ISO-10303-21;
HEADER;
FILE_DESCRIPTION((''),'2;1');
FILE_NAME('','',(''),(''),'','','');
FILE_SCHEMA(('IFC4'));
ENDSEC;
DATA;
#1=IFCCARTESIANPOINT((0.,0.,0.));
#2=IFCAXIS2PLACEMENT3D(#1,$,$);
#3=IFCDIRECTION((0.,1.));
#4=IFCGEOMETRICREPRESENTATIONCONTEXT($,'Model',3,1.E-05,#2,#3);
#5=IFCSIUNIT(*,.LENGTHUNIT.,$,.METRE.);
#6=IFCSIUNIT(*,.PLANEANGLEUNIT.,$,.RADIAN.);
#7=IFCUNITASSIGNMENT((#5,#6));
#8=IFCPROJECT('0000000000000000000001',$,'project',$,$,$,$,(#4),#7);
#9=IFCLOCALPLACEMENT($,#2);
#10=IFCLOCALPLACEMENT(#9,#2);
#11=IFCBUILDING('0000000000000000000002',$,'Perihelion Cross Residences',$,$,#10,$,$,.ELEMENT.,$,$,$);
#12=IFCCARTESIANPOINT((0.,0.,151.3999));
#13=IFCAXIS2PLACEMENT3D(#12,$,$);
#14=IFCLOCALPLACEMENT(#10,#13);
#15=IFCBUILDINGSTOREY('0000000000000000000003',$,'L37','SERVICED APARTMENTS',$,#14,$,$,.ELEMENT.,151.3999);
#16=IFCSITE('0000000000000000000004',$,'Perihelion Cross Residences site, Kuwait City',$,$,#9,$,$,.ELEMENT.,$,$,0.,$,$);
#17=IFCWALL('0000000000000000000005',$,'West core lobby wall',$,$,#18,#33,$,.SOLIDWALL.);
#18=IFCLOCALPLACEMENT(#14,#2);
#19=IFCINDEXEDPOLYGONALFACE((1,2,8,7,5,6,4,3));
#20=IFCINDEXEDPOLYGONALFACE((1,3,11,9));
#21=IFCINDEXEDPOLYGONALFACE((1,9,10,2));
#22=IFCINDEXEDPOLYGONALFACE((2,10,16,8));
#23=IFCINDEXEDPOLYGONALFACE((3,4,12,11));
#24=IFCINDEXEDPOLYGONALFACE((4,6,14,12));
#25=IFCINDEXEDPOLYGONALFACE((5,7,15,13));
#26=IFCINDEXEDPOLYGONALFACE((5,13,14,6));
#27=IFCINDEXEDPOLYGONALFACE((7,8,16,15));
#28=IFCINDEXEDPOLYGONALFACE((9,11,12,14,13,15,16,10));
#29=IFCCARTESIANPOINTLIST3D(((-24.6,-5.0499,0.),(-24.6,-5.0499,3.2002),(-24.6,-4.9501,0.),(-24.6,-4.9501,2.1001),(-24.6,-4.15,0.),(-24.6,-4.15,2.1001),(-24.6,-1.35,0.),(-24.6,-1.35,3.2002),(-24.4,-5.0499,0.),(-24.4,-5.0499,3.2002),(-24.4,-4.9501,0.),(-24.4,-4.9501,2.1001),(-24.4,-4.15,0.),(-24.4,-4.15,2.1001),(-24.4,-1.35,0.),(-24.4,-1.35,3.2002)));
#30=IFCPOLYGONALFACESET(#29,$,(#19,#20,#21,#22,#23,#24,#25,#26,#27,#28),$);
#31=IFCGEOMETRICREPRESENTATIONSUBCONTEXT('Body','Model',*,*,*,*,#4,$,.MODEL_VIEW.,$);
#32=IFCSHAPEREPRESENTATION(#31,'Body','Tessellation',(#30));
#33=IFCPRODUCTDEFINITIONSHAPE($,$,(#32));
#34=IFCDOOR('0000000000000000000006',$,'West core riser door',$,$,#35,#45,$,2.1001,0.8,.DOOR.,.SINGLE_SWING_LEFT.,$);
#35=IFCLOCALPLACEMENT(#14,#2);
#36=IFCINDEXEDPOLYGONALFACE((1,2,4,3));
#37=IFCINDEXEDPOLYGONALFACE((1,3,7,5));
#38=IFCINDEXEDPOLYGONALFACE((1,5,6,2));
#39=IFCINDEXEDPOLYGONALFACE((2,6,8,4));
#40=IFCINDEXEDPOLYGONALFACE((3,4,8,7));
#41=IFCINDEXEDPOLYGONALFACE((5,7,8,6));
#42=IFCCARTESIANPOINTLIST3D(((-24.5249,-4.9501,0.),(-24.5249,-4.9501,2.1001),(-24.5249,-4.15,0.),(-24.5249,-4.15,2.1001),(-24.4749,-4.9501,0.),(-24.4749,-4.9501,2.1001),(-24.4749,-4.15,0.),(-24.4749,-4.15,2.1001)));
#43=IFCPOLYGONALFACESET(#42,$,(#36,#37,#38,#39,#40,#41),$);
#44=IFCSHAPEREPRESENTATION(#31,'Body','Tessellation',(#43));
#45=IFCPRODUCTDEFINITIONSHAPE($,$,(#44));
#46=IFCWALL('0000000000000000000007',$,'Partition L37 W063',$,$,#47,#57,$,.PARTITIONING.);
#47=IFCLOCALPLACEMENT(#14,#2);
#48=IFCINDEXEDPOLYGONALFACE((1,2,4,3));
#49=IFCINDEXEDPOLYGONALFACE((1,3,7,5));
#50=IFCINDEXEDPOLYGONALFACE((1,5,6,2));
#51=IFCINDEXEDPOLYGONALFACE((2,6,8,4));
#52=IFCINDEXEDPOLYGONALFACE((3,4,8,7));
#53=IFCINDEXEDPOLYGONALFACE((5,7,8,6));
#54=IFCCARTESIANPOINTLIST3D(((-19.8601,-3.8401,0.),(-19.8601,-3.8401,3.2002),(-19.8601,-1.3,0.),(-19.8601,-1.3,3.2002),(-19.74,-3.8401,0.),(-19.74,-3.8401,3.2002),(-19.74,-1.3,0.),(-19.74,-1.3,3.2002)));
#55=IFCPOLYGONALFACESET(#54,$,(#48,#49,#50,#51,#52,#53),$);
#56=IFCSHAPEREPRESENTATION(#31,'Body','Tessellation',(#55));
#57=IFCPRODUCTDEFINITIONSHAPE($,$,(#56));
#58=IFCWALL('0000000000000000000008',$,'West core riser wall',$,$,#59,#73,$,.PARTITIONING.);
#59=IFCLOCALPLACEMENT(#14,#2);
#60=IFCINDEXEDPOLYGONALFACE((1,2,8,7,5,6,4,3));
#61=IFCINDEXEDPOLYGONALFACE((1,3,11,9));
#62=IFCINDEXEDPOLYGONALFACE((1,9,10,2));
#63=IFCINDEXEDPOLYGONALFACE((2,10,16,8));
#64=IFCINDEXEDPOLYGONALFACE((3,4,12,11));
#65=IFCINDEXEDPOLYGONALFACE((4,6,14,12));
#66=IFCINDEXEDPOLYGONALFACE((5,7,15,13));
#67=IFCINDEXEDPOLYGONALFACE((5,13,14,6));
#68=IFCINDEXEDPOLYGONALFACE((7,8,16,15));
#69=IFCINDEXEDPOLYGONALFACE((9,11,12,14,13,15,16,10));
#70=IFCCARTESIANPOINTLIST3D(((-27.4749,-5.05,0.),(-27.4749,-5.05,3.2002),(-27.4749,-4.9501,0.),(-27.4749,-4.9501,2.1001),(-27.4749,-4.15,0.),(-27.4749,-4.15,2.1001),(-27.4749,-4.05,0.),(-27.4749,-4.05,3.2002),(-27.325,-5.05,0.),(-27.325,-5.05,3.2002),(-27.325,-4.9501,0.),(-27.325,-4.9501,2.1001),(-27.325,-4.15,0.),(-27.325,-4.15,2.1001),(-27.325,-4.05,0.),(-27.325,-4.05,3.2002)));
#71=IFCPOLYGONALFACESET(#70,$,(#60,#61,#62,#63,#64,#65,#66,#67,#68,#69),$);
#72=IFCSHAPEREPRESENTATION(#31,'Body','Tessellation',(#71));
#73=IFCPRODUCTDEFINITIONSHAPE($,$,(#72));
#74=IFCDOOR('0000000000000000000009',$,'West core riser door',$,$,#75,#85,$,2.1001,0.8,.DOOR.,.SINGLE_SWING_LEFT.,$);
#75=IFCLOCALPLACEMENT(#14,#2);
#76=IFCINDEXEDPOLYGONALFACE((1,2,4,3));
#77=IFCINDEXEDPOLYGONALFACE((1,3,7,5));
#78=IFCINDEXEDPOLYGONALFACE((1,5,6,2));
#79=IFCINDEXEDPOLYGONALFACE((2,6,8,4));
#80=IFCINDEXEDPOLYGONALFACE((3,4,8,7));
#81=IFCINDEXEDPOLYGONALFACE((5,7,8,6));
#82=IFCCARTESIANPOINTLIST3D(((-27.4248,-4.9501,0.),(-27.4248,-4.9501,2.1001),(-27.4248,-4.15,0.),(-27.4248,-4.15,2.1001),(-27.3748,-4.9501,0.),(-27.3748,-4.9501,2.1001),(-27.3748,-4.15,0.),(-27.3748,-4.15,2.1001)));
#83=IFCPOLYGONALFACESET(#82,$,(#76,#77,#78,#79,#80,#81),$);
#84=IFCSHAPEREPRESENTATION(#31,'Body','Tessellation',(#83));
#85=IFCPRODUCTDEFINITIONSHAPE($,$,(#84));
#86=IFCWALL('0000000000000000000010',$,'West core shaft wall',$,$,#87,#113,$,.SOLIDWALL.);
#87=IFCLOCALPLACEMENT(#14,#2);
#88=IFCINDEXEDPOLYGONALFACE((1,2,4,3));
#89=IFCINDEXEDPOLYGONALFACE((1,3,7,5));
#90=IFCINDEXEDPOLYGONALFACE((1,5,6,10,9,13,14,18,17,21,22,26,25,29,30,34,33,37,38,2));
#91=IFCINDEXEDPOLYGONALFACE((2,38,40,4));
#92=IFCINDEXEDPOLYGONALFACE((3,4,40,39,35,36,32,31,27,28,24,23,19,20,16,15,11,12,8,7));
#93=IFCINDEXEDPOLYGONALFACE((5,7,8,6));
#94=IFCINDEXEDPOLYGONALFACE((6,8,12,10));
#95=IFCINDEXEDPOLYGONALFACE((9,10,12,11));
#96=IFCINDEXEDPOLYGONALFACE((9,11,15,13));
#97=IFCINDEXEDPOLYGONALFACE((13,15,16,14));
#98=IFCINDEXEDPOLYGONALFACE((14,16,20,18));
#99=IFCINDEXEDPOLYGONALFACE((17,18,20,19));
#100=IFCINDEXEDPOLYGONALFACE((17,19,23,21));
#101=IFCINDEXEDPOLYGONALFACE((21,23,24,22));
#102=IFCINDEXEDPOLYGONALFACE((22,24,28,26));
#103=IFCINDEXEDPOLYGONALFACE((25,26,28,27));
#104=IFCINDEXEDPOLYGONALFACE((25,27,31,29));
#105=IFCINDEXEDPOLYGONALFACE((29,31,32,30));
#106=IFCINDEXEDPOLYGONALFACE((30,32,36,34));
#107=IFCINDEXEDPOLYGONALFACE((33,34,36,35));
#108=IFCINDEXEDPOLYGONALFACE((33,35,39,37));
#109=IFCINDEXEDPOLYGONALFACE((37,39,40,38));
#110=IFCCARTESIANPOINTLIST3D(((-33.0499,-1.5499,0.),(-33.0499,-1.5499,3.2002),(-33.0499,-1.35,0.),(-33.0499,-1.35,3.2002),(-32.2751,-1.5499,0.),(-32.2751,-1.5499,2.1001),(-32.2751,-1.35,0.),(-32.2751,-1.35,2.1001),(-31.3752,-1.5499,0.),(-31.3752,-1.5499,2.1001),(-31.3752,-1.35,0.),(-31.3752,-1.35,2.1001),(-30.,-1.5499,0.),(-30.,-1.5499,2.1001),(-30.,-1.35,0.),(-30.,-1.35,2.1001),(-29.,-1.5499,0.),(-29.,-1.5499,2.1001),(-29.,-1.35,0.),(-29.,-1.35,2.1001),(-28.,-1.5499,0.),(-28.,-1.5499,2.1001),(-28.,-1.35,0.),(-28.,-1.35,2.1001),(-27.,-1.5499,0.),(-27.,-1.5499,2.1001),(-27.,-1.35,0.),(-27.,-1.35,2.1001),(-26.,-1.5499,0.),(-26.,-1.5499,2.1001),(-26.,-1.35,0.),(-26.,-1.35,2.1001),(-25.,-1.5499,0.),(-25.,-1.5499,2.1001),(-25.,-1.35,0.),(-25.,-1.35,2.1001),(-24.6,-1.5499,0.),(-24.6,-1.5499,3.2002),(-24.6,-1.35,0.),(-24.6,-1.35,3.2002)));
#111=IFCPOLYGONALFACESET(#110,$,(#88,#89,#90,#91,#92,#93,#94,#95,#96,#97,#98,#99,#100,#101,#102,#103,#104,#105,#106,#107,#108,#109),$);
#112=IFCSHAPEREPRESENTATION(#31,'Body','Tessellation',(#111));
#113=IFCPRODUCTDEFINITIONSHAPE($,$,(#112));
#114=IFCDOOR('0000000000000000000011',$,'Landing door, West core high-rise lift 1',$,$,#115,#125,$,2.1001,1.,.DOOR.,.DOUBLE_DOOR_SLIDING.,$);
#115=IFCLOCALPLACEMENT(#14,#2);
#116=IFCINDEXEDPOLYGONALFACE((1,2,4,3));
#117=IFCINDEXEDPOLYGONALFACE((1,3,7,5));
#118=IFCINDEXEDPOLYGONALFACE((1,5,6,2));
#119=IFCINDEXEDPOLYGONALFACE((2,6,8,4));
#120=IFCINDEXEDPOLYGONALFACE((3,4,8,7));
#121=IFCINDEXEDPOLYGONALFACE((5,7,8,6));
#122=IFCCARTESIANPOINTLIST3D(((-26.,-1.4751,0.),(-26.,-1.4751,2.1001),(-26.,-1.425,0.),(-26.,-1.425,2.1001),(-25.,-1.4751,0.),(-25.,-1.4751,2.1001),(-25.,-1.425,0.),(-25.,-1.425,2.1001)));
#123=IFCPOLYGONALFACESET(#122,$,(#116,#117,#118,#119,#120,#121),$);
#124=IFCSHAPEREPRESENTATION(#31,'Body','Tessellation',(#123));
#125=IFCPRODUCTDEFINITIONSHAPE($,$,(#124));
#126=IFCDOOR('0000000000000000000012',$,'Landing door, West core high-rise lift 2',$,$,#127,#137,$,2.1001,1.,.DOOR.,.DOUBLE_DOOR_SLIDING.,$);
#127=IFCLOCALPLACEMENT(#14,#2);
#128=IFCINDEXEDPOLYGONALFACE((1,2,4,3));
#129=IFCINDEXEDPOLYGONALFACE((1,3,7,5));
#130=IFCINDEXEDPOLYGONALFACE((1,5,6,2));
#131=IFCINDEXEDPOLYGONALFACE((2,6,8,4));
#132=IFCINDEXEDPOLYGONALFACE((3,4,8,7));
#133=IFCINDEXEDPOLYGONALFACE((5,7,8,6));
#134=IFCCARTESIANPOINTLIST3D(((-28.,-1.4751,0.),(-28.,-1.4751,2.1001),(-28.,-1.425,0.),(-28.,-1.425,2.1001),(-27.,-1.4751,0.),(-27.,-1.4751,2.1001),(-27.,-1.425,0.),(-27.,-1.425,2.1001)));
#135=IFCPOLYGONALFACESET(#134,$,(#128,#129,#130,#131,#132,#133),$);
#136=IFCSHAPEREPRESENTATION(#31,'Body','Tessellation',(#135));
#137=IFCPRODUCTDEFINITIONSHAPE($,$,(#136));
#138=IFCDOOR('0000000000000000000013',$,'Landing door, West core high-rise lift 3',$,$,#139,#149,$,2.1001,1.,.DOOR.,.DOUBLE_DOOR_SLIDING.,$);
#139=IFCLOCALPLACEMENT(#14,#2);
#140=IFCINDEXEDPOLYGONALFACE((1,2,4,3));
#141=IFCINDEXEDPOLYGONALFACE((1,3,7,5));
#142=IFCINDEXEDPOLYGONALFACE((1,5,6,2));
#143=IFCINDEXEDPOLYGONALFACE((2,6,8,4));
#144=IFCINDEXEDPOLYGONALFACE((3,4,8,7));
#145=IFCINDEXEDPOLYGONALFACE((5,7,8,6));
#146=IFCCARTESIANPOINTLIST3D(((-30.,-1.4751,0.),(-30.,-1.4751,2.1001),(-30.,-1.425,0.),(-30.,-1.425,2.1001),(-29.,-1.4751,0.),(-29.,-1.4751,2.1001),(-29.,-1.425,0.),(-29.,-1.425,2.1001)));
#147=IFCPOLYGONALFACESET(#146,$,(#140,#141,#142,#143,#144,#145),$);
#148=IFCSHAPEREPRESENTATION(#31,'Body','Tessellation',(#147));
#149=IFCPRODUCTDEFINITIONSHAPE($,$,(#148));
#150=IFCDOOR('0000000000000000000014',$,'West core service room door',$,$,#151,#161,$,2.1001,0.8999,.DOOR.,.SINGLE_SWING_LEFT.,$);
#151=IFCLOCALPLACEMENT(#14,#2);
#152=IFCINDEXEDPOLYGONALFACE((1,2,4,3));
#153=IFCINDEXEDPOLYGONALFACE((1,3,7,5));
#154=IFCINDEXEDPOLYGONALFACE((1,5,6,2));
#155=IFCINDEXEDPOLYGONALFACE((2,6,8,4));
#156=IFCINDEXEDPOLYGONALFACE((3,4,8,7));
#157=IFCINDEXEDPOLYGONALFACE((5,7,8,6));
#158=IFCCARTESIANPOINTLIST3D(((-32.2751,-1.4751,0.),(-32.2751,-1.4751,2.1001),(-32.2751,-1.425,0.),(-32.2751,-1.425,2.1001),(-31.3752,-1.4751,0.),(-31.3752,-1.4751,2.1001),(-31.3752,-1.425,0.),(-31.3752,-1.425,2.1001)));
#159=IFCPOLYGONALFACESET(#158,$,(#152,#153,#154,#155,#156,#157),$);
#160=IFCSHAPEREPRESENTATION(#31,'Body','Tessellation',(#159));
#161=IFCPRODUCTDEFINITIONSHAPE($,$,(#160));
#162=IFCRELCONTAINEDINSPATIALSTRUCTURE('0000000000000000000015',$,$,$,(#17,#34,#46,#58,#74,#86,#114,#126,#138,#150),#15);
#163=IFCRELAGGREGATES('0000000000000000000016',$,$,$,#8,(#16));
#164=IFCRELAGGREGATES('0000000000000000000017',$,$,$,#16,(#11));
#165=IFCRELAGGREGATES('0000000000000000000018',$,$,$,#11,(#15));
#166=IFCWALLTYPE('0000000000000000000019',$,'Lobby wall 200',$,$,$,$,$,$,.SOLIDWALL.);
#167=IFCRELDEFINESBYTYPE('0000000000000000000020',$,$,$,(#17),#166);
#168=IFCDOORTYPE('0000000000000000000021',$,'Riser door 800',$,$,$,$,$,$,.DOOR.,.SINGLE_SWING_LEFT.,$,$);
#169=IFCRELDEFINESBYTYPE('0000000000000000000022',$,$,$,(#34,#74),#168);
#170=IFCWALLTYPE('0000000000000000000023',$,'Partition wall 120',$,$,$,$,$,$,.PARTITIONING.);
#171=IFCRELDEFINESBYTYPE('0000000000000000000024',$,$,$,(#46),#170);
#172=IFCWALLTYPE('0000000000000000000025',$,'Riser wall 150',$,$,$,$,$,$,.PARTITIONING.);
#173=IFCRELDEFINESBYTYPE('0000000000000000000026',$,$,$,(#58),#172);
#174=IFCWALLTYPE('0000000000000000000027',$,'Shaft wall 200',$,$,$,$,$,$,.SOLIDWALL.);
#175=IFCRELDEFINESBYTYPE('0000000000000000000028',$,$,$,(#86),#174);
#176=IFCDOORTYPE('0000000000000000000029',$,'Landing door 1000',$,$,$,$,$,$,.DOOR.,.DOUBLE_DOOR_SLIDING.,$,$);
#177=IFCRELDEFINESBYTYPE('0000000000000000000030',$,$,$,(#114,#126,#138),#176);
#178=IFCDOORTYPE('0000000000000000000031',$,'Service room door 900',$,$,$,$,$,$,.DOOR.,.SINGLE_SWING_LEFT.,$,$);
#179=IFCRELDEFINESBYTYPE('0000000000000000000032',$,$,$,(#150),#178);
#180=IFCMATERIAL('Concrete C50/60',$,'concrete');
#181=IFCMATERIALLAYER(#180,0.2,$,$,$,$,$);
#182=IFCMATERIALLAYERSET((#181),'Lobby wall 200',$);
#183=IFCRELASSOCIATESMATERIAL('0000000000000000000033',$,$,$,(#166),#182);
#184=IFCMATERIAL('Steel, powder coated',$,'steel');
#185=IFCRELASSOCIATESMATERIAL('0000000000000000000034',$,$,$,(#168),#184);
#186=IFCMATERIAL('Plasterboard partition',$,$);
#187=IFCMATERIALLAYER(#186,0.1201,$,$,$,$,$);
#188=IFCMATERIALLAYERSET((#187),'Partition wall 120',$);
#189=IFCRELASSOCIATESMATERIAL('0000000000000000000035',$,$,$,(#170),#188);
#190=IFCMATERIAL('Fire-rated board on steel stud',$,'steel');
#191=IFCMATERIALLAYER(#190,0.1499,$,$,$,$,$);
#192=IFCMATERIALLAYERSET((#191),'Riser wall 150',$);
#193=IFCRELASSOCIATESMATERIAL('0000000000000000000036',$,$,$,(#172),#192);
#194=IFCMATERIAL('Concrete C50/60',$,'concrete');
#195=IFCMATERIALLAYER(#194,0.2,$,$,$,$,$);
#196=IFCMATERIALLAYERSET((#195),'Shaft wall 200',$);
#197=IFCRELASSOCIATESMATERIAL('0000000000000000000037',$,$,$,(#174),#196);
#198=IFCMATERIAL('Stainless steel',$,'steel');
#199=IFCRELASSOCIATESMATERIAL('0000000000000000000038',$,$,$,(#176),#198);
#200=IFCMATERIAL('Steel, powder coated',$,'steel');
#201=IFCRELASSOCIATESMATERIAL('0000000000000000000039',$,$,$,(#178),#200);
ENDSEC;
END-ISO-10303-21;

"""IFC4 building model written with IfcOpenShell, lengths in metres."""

from ifc_helpers import new_model, si_unit, direction, frame, frame_2d, origin, place, context, subcontext, project, spatial, rectangle, extrude, material, layer, layer_set, type_object, element, fill, save


model = new_model("IFC4")

# Units and contexts
model_context = context("Model", 3, precision=1e-05, world=origin(), true_north=direction((0.0, 1.0)))
body_context = subcontext(model_context, "Body", "Model", "MODEL_VIEW")
ifc_project = project(units=[si_unit("LENGTHUNIT", "METRE"), si_unit("PLANEANGLEUNIT", "RADIAN")], contexts=[model_context])

# Site, building, storey
site_placement = place(None, origin())
site = spatial("IfcSite", under=ifc_project, at=site_placement, Name="Perihelion Cross Residences site, Kuwait City", CompositionType="ELEMENT", RefElevation=0.0)
building_placement = place(site_placement, origin())
building = spatial("IfcBuilding", under=site, at=building_placement, Name="Perihelion Cross Residences", CompositionType="ELEMENT")
storey_placement = place(building_placement, frame((0.0, 0.0, 151.3999)))
storey = spatial("IfcBuildingStorey", under=building, at=storey_placement, Name="L37", Description="SERVICED APARTMENTS", CompositionType="ELEMENT", Elevation=151.3999)

# Wall, opening, door
ifc_material_1 = material(Name="Concrete C50/60", Category="concrete")
ifc_layer_1 = layer(ifc_material_1, 0.2)
ifc_layer_set_1 = layer_set([ifc_layer_1], Name="Lobby wall 200")
wall_type_1 = type_object("IfcWallType", Name="Lobby wall 200", PredefinedType="SOLIDWALL", material=ifc_layer_set_1)
wall_1_placement = place(storey_placement, frame((-24.5, -5.05, 0.0), z_axis=(0.0, 0.0, 1.0), x_axis=(0.0, 1.0, 0.0)))
wall_1 = element("IfcWall", 1, at=wall_1_placement, inside=storey, type_object=wall_type_1, Name="West core lobby wall", PredefinedType="SOLIDWALL", context=body_context, shape_type="SweptSolid", body=[
    extrude(rectangle(XDim=3.7, YDim=0.2, at=frame_2d((1.8501, 0.0))), origin(), (0.0, 0.0, 1.0), 3.2002),
])
opening_1_placement = place(wall_1_placement, frame((0.1001, 0.0, 0.0)))
opening_1 = element("IfcOpeningElement", 2, at=opening_1_placement, cuts=wall_1, PredefinedType="OPENING", context=body_context, shape_type="SweptSolid", body=[
    extrude(rectangle(XDim=0.8, YDim=2.1001, at=frame_2d((0.3999, 1.05))), frame((0.0, 0.1099, 0.0), z_axis=(0.0, -1.0, 0.0), x_axis=(1.0, 0.0, 0.0)), (0.0, 0.0, 1.0), 0.22),
])
ifc_material_2 = material(Name="Steel, powder coated", Category="steel")
door_type_1 = type_object("IfcDoorType", Name="Riser door 800", OperationType="SINGLE_SWING_LEFT", PredefinedType="DOOR", material=ifc_material_2)
door_1_placement = place(opening_1_placement, origin())
door_1 = element("IfcDoor", 3, at=door_1_placement, inside=storey, type_object=door_type_1, Name="West core riser door", OperationType="SINGLE_SWING_LEFT", OverallHeight=2.1001, OverallWidth=0.8, PredefinedType="DOOR", context=body_context, shape_type="SweptSolid", body=[
    extrude(rectangle(XDim=0.8, YDim=2.1001, at=frame_2d((0.3999, 1.05))), frame((0.0, 0.0249, 0.0), z_axis=(0.0, -1.0, 0.0), x_axis=(1.0, 0.0, 0.0)), (0.0, 0.0, 1.0), 0.05),
])
fill(opening_1, door_1)

# Wall
ifc_material_3 = material(Name="Plasterboard partition")
ifc_layer_2 = layer(ifc_material_3, 0.1201)
ifc_layer_set_2 = layer_set([ifc_layer_2], Name="Partition wall 120")
wall_type_2 = type_object("IfcWallType", Name="Partition wall 120", PredefinedType="PARTITIONING", material=ifc_layer_set_2)
wall_2_placement = place(storey_placement, frame((-19.8, -3.8401, 0.0), z_axis=(0.0, 0.0, 1.0), x_axis=(0.0, 1.0, 0.0)))
element("IfcWall", 4, at=wall_2_placement, inside=storey, type_object=wall_type_2, Name="Partition L37 W063", PredefinedType="PARTITIONING", context=body_context, shape_type="SweptSolid", body=[
    extrude(rectangle(XDim=2.54, YDim=0.1201, at=frame_2d((1.27, 0.0))), origin(), (0.0, 0.0, 1.0), 3.2002),
])

# Wall, opening, door
ifc_material_4 = material(Name="Fire-rated board on steel stud", Category="steel")
ifc_layer_3 = layer(ifc_material_4, 0.1499)
ifc_layer_set_3 = layer_set([ifc_layer_3], Name="Riser wall 150")
wall_type_3 = type_object("IfcWallType", Name="Riser wall 150", PredefinedType="PARTITIONING", material=ifc_layer_set_3)
wall_3_placement = place(storey_placement, frame((-27.3999, -5.05, 0.0), z_axis=(0.0, 0.0, 1.0), x_axis=(0.0, 1.0, 0.0)))
wall_3 = element("IfcWall", 5, at=wall_3_placement, inside=storey, type_object=wall_type_3, Name="West core riser wall", PredefinedType="PARTITIONING", context=body_context, shape_type="SweptSolid", body=[
    extrude(rectangle(XDim=1.0, YDim=0.1499, at=frame_2d((0.5, 0.0))), origin(), (0.0, 0.0, 1.0), 3.2002),
])
opening_2_placement = place(wall_3_placement, frame((0.1001, 0.0, 0.0)))
opening_2 = element("IfcOpeningElement", 6, at=opening_2_placement, cuts=wall_3, PredefinedType="OPENING", context=body_context, shape_type="SweptSolid", body=[
    extrude(rectangle(XDim=0.8, YDim=2.1001, at=frame_2d((0.3999, 1.05))), frame((0.0, 0.085, 0.0), z_axis=(0.0, -1.0, 0.0), x_axis=(1.0, 0.0, 0.0)), (0.0, 0.0, 1.0), 0.1699),
])
door_2_placement = place(opening_2_placement, origin())
door_2 = element("IfcDoor", 7, at=door_2_placement, inside=storey, type_object=door_type_1, Name="West core riser door", OperationType="SINGLE_SWING_LEFT", OverallHeight=2.1001, OverallWidth=0.8, PredefinedType="DOOR", context=body_context, shape_type="SweptSolid", body=[
    extrude(rectangle(XDim=0.8, YDim=2.1001, at=frame_2d((0.3999, 1.05))), frame((0.0, 0.0249, 0.0), z_axis=(0.0, -1.0, 0.0), x_axis=(1.0, 0.0, 0.0)), (0.0, 0.0, 1.0), 0.05),
])
fill(opening_2, door_2)

# Wall, openings, doors
ifc_material_5 = material(Name="Concrete C50/60", Category="concrete")
ifc_layer_4 = layer(ifc_material_5, 0.2)
ifc_layer_set_4 = layer_set([ifc_layer_4], Name="Shaft wall 200")
wall_type_4 = type_object("IfcWallType", Name="Shaft wall 200", PredefinedType="SOLIDWALL", material=ifc_layer_set_4)
wall_4_placement = place(storey_placement, frame((-33.05, -1.45, 0.0), z_axis=(0.0, 0.0, 1.0), x_axis=(1.0, 0.0, 0.0)))
wall_4 = element("IfcWall", 8, at=wall_4_placement, inside=storey, type_object=wall_type_4, Name="West core shaft wall", PredefinedType="SOLIDWALL", context=body_context, shape_type="SweptSolid", body=[
    extrude(rectangle(XDim=8.45, YDim=0.2, at=frame_2d((4.2251, 0.0))), origin(), (0.0, 0.0, 1.0), 3.2002),
])
opening_3_placement = place(wall_4_placement, frame((7.05, 0.0, 0.0)))
opening_3 = element("IfcOpeningElement", 9, at=opening_3_placement, cuts=wall_4, PredefinedType="OPENING", context=body_context, shape_type="SweptSolid", body=[
    extrude(rectangle(XDim=1.0, YDim=2.1001, at=frame_2d((0.5, 1.05))), frame((0.0, 0.1099, 0.0), z_axis=(0.0, -1.0, 0.0), x_axis=(1.0, 0.0, 0.0)), (0.0, 0.0, 1.0), 0.22),
])
opening_4_placement = place(wall_4_placement, frame((5.05, 0.0, 0.0)))
opening_4 = element("IfcOpeningElement", 10, at=opening_4_placement, cuts=wall_4, PredefinedType="OPENING", context=body_context, shape_type="SweptSolid", body=[
    extrude(rectangle(XDim=1.0, YDim=2.1001, at=frame_2d((0.5, 1.05))), frame((0.0, 0.1099, 0.0), z_axis=(0.0, -1.0, 0.0), x_axis=(1.0, 0.0, 0.0)), (0.0, 0.0, 1.0), 0.22),
])
opening_5_placement = place(wall_4_placement, frame((3.05, 0.0, 0.0)))
opening_5 = element("IfcOpeningElement", 11, at=opening_5_placement, cuts=wall_4, PredefinedType="OPENING", context=body_context, shape_type="SweptSolid", body=[
    extrude(rectangle(XDim=1.0, YDim=2.1001, at=frame_2d((0.5, 1.05))), frame((0.0, 0.1099, 0.0), z_axis=(0.0, -1.0, 0.0), x_axis=(1.0, 0.0, 0.0)), (0.0, 0.0, 1.0), 0.22),
])
opening_6_placement = place(wall_4_placement, frame((0.7749, 0.0, 0.0)))
opening_6 = element("IfcOpeningElement", 12, at=opening_6_placement, cuts=wall_4, PredefinedType="OPENING", context=body_context, shape_type="SweptSolid", body=[
    extrude(rectangle(XDim=0.8999, YDim=2.1001, at=frame_2d((0.45, 1.05))), frame((0.0, 0.1099, 0.0), z_axis=(0.0, -1.0, 0.0), x_axis=(1.0, 0.0, 0.0)), (0.0, 0.0, 1.0), 0.22),
])
ifc_material_6 = material(Name="Stainless steel", Category="steel")
door_type_2 = type_object("IfcDoorType", Name="Landing door 1000", OperationType="DOUBLE_DOOR_SLIDING", PredefinedType="DOOR", material=ifc_material_6)
door_3_placement = place(opening_3_placement, origin())
door_3 = element("IfcDoor", 13, at=door_3_placement, inside=storey, type_object=door_type_2, Name="Landing door, West core high-rise lift 1", OperationType="DOUBLE_DOOR_SLIDING", OverallHeight=2.1001, OverallWidth=1.0, PredefinedType="DOOR", context=body_context, shape_type="SweptSolid", body=[
    extrude(rectangle(XDim=1.0, YDim=2.1001, at=frame_2d((0.5, 1.05))), frame((0.0, 0.0249, 0.0), z_axis=(0.0, -1.0, 0.0), x_axis=(1.0, 0.0, 0.0)), (0.0, 0.0, 1.0), 0.05),
])
fill(opening_3, door_3)
door_4_placement = place(opening_4_placement, origin())
door_4 = element("IfcDoor", 14, at=door_4_placement, inside=storey, type_object=door_type_2, Name="Landing door, West core high-rise lift 2", OperationType="DOUBLE_DOOR_SLIDING", OverallHeight=2.1001, OverallWidth=1.0, PredefinedType="DOOR", context=body_context, shape_type="SweptSolid", body=[
    extrude(rectangle(XDim=1.0, YDim=2.1001, at=frame_2d((0.5, 1.05))), frame((0.0, 0.0249, 0.0), z_axis=(0.0, -1.0, 0.0), x_axis=(1.0, 0.0, 0.0)), (0.0, 0.0, 1.0), 0.05),
])
fill(opening_4, door_4)
door_5_placement = place(opening_5_placement, origin())
door_5 = element("IfcDoor", 15, at=door_5_placement, inside=storey, type_object=door_type_2, Name="Landing door, West core high-rise lift 3", OperationType="DOUBLE_DOOR_SLIDING", OverallHeight=2.1001, OverallWidth=1.0, PredefinedType="DOOR", context=body_context, shape_type="SweptSolid", body=[
    extrude(rectangle(XDim=1.0, YDim=2.1001, at=frame_2d((0.5, 1.05))), frame((0.0, 0.0249, 0.0), z_axis=(0.0, -1.0, 0.0), x_axis=(1.0, 0.0, 0.0)), (0.0, 0.0, 1.0), 0.05),
])
fill(opening_5, door_5)
ifc_material_7 = material(Name="Steel, powder coated", Category="steel")
door_type_3 = type_object("IfcDoorType", Name="Service room door 900", OperationType="SINGLE_SWING_LEFT", PredefinedType="DOOR", material=ifc_material_7)
door_6_placement = place(opening_6_placement, origin())
door_6 = element("IfcDoor", 16, at=door_6_placement, inside=storey, type_object=door_type_3, Name="West core service room door", OperationType="SINGLE_SWING_LEFT", OverallHeight=2.1001, OverallWidth=0.8999, PredefinedType="DOOR", context=body_context, shape_type="SweptSolid", body=[
    extrude(rectangle(XDim=0.8999, YDim=2.1001, at=frame_2d((0.45, 1.05))), frame((0.0, 0.0249, 0.0), z_axis=(0.0, -1.0, 0.0), x_axis=(1.0, 0.0, 0.0)), (0.0, 0.0, 1.0), 0.05),
])
fill(opening_6, door_6)

save(model, "model.ifc")
